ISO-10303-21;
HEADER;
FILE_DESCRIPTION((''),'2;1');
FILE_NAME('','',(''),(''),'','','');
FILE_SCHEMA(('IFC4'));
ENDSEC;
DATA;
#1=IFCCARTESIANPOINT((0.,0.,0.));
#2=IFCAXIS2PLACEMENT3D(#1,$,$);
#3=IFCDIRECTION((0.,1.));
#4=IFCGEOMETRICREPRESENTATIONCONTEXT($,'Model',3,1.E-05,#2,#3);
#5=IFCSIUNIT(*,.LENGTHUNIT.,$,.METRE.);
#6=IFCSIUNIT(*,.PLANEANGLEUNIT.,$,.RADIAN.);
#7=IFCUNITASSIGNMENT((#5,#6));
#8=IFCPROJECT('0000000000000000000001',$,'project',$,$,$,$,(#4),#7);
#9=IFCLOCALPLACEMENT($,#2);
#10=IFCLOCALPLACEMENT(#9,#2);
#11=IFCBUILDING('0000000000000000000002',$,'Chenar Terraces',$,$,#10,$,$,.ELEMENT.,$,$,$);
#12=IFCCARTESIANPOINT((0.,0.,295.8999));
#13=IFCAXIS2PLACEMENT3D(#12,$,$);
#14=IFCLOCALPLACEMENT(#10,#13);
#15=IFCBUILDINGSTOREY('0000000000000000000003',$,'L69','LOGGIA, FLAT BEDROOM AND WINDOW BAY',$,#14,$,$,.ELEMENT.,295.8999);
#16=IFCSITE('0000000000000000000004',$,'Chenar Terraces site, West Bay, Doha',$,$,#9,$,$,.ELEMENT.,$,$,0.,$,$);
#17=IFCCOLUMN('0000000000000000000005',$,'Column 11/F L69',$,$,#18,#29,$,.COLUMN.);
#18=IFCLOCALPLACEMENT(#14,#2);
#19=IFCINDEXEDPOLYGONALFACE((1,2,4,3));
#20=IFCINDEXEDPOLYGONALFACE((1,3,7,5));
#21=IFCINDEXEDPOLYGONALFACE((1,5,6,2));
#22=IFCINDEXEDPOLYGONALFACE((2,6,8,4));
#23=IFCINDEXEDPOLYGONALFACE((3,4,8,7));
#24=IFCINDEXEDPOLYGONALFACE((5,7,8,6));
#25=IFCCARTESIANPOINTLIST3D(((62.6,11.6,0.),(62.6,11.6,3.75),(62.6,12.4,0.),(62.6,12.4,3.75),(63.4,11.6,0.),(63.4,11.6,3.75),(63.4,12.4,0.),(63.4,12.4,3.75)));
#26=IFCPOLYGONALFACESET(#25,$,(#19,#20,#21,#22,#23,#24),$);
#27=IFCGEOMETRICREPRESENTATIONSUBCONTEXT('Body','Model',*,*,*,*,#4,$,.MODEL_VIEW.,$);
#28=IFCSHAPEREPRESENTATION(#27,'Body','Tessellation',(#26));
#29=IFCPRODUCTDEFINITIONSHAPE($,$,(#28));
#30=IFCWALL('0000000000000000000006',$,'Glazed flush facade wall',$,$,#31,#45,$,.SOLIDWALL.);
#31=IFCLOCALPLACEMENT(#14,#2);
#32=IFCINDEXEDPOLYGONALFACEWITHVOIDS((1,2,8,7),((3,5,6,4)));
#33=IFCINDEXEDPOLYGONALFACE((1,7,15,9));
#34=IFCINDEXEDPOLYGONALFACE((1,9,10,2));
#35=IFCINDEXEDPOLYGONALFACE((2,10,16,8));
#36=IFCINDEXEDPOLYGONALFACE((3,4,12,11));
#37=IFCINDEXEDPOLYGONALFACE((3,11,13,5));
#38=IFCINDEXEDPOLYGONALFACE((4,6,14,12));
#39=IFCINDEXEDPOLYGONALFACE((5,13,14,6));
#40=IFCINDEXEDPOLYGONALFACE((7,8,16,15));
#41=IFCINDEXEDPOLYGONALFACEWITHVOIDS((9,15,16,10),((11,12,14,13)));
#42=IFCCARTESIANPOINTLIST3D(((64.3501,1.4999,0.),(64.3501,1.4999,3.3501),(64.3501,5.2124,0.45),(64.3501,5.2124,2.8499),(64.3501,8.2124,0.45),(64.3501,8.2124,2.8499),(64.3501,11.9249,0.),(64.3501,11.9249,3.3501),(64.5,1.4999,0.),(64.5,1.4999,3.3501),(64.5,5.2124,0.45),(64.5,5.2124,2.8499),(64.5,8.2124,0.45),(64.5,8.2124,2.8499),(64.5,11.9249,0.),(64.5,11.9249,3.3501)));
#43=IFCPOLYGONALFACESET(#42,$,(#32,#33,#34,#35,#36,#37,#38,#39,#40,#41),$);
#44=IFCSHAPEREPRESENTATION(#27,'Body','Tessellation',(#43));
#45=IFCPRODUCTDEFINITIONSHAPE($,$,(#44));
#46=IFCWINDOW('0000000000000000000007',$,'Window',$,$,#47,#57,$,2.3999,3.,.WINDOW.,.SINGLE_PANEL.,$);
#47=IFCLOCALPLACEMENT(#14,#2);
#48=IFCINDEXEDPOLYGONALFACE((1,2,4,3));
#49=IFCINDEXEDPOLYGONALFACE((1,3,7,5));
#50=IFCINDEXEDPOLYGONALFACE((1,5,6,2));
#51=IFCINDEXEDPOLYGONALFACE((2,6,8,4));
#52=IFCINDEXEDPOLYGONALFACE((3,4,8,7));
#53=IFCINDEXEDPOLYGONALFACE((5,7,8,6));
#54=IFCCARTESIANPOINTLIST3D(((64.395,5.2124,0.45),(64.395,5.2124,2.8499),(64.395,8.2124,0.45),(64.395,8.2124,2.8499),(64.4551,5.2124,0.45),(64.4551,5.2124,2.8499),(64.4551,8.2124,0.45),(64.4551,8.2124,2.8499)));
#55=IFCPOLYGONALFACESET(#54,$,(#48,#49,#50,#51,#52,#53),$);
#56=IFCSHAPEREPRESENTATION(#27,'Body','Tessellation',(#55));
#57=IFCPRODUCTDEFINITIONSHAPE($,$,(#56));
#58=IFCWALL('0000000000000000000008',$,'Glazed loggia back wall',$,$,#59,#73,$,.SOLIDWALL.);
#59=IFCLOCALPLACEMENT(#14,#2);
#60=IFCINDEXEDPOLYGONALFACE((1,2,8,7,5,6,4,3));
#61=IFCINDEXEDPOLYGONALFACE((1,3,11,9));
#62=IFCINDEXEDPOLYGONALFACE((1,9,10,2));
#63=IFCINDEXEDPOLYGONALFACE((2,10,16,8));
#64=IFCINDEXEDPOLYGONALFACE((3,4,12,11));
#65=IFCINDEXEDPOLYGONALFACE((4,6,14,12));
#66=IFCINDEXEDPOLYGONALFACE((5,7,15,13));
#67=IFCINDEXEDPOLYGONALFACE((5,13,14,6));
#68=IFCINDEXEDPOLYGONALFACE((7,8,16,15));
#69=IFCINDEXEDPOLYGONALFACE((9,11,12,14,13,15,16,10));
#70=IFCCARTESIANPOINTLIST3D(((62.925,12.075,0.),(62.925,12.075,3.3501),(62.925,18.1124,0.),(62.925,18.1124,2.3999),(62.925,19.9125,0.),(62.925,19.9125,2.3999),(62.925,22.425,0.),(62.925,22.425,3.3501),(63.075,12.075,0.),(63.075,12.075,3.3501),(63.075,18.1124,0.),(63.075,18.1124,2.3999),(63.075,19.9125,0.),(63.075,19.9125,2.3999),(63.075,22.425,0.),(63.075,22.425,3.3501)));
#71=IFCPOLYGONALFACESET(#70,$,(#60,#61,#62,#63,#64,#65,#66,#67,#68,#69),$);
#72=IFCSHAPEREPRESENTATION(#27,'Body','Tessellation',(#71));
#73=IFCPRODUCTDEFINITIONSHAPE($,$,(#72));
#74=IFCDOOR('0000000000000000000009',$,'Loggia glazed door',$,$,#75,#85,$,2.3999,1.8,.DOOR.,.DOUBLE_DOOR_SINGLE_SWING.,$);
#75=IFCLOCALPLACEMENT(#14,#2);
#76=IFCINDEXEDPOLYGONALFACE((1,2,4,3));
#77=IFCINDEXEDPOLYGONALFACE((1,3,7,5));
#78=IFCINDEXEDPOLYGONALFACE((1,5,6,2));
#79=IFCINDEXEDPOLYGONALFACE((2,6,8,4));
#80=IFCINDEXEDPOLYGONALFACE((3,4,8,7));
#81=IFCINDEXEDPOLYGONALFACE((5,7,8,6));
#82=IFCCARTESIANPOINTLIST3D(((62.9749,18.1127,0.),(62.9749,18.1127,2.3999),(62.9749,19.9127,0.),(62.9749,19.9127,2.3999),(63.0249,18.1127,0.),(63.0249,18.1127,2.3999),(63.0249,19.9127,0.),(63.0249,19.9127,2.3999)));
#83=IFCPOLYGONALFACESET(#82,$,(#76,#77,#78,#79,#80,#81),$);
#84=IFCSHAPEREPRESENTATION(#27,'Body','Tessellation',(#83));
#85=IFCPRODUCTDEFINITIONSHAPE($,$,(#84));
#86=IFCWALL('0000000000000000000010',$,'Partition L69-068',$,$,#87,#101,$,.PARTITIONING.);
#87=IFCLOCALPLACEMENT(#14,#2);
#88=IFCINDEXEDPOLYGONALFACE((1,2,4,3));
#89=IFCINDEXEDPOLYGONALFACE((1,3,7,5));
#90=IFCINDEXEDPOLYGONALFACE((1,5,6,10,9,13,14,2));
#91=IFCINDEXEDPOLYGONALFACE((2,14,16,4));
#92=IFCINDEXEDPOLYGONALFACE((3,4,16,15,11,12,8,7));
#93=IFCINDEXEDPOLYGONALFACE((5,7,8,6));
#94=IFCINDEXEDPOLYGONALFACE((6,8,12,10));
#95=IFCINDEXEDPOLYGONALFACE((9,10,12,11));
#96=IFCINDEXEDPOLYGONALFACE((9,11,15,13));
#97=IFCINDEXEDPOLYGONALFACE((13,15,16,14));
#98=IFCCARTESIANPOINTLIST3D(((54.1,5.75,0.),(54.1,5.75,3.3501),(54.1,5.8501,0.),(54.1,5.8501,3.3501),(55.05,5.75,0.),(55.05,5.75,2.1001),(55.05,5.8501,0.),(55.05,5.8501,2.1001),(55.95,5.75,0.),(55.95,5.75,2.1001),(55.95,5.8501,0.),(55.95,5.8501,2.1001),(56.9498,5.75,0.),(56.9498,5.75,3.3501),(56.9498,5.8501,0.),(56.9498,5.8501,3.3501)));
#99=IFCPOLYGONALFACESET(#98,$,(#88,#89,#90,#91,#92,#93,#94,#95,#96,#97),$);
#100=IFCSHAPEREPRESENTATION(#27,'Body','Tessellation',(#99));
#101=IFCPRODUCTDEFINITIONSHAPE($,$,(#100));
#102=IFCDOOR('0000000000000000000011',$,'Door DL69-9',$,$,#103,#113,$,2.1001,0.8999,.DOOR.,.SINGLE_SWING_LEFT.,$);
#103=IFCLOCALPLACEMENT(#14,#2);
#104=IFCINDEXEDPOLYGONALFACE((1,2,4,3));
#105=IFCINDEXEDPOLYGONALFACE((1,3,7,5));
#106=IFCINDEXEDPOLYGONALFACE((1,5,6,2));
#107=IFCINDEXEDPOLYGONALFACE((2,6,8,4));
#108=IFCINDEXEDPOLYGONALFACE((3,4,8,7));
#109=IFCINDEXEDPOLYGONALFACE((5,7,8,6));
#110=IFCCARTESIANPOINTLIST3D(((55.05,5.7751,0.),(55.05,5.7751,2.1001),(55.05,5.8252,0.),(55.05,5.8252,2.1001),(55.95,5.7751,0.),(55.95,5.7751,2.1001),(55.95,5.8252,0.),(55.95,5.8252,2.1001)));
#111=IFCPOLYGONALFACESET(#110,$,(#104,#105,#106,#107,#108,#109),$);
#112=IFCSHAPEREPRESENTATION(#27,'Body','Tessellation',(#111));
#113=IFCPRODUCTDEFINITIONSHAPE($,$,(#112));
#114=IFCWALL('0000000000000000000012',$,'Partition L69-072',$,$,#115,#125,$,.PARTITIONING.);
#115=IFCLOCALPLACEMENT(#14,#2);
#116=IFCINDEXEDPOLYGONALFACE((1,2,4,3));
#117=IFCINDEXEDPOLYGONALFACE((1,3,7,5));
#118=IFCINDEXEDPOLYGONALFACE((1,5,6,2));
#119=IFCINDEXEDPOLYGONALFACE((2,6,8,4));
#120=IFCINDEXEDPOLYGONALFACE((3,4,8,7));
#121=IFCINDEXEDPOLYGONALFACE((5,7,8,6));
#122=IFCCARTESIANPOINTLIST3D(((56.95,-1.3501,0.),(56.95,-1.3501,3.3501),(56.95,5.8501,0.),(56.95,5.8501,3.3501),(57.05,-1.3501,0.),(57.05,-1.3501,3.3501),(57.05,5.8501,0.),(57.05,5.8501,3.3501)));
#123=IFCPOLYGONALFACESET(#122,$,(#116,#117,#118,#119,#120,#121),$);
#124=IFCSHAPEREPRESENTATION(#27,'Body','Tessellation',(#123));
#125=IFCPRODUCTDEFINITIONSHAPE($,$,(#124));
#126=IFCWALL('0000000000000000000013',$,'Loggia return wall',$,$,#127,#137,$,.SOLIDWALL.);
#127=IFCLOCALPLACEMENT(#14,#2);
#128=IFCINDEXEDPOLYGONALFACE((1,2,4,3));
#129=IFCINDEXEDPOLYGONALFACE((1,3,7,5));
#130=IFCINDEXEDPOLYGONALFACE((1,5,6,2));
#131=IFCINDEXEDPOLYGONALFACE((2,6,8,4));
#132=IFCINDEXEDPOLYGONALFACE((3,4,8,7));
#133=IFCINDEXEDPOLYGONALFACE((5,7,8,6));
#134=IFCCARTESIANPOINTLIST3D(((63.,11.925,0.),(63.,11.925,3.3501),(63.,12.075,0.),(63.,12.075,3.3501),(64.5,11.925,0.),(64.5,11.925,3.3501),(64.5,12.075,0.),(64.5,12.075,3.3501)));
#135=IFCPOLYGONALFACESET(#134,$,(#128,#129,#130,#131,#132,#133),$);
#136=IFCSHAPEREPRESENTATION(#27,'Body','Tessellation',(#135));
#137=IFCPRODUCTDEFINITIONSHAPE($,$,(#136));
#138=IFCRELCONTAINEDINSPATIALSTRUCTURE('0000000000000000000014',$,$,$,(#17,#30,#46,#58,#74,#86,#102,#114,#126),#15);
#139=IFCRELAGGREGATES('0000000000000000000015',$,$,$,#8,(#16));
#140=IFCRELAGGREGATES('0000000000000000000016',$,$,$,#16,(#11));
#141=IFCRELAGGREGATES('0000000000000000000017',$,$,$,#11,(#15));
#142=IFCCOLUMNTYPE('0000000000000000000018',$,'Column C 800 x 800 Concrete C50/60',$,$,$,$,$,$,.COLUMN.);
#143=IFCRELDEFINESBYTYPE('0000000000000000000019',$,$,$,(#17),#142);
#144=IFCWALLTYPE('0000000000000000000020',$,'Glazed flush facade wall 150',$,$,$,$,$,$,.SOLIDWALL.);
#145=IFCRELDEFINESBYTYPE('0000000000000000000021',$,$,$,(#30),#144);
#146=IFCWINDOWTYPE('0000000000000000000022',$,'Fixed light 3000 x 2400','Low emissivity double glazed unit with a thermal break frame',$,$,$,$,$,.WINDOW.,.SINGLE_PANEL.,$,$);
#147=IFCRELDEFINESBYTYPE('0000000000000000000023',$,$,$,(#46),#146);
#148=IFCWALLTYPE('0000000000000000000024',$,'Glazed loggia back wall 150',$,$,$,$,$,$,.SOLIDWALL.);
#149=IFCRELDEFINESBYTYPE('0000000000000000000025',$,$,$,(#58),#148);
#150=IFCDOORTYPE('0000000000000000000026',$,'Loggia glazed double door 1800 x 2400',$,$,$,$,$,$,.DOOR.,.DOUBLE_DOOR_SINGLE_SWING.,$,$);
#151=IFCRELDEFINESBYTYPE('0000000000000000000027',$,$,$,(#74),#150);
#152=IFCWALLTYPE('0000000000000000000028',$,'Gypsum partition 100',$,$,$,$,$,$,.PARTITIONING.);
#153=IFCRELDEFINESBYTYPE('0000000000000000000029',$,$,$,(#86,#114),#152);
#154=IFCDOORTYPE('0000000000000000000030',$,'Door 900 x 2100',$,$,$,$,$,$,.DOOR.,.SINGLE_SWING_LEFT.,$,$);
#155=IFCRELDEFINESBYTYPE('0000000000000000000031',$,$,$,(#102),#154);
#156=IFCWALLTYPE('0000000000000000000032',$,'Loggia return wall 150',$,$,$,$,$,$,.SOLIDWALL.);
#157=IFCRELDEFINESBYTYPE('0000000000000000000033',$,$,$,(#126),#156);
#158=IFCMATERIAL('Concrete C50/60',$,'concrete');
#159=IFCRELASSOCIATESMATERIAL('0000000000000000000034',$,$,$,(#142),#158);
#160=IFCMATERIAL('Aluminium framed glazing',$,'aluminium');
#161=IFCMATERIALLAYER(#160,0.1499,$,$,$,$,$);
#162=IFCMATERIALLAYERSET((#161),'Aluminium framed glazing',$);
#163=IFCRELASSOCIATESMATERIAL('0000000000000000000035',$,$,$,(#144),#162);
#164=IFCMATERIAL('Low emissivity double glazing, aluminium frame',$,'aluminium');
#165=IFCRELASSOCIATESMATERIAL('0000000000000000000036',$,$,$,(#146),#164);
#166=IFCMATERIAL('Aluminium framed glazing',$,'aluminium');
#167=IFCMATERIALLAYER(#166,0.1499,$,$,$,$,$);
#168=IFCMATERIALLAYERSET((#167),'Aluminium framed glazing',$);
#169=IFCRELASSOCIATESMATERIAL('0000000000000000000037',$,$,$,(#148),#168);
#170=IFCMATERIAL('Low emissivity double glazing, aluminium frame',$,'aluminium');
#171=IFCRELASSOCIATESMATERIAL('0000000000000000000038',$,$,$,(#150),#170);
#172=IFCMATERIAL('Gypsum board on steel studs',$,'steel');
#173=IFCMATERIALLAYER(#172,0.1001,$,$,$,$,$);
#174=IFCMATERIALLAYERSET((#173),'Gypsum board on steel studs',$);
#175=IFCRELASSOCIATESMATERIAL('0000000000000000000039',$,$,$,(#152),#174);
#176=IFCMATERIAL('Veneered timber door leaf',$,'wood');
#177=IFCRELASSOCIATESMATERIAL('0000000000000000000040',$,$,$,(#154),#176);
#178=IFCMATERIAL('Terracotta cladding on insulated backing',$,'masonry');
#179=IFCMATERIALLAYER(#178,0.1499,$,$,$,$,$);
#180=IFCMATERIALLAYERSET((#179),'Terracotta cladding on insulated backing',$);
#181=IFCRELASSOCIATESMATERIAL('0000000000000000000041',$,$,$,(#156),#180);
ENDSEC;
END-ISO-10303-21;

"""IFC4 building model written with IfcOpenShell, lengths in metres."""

from ifc_helpers import new_model, si_unit, direction, frame, frame_2d, origin, origin_2d, place, context, subcontext, project, spatial, rectangle, extrude, material, layer, layer_set, material_profile, profile_set, type_object, element, fill, save


model = new_model("IFC4")

# Units and contexts
model_context = context("Model", 3, precision=1e-05, world=origin(), true_north=direction((0.0, 1.0)))
body_context = subcontext(model_context, "Body", "Model", "MODEL_VIEW")
ifc_project = project(units=[si_unit("LENGTHUNIT", "METRE"), si_unit("PLANEANGLEUNIT", "RADIAN")], contexts=[model_context])

# Site, building, storey
site_placement = place(None, origin())
site = spatial("IfcSite", under=ifc_project, at=site_placement, Name="Chenar Terraces site, West Bay, Doha", CompositionType="ELEMENT", RefElevation=0.0)
building_placement = place(site_placement, origin())
building = spatial("IfcBuilding", under=site, at=building_placement, Name="Chenar Terraces", CompositionType="ELEMENT")
storey_placement = place(building_placement, frame((0.0, 0.0, 295.8999)))
storey = spatial("IfcBuildingStorey", under=building, at=storey_placement, Name="L69", Description="LOGGIA, FLAT BEDROOM AND WINDOW BAY", CompositionType="ELEMENT", Elevation=295.8999)

# Column
ifc_material_1 = material(Name="Concrete C50/60", Category="concrete")
ifc_material_profile_1 = material_profile(ifc_material_1, rectangle(XDim=0.8, YDim=0.8, at=origin_2d()), Name="C 800 x 800")
ifc_profile_set_1 = profile_set([ifc_material_profile_1], Name="Concrete C50/60")
column_type = type_object("IfcColumnType", Name="Column C 800 x 800 Concrete C50/60", PredefinedType="COLUMN", material=ifc_profile_set_1)
column_placement = place(storey_placement, frame((63.0, 12.0, 0.0), z_axis=(0.0, 0.0, 1.0), x_axis=(1.0, 0.0, 0.0)))
element("IfcColumn", 1, at=column_placement, inside=storey, type_object=column_type, Name="Column 11/F L69", PredefinedType="COLUMN", context=body_context, shape_type="SweptSolid", body=[
    extrude(rectangle(XDim=0.8, YDim=0.8, at=origin_2d()), origin(), (0.0, 0.0, 1.0), 3.75),
])

# Wall, opening, window
ifc_material_2 = material(Name="Aluminium framed glazing", Category="aluminium")
ifc_layer_1 = layer(ifc_material_2, 0.1499)
ifc_layer_set_1 = layer_set([ifc_layer_1], Name="Aluminium framed glazing")
wall_type_1 = type_object("IfcWallType", Name="Glazed flush facade wall 150", PredefinedType="SOLIDWALL", material=ifc_layer_set_1)
wall_1_placement = place(storey_placement, frame((64.425, 1.5, 0.0), z_axis=(0.0, 0.0, 1.0), x_axis=(0.0, 1.0, 0.0)))
wall_1 = element("IfcWall", 2, at=wall_1_placement, inside=storey, type_object=wall_type_1, Name="Glazed flush facade wall", PredefinedType="SOLIDWALL", context=body_context, shape_type="SweptSolid", body=[
    extrude(rectangle(XDim=10.425, YDim=0.1499, at=frame_2d((5.2124, 0.0))), origin(), (0.0, 0.0, 1.0), 3.3501),
])
opening_1_placement = place(wall_1_placement, frame((3.7124, 0.0, 0.45)))
opening_1 = element("IfcOpeningElement", 3, at=opening_1_placement, cuts=wall_1, PredefinedType="OPENING", context=body_context, shape_type="SweptSolid", body=[
    extrude(rectangle(XDim=3.0, YDim=2.3999, at=frame_2d((1.5, 1.2))), frame((0.0, 0.085, 0.0), z_axis=(0.0, -1.0, 0.0), x_axis=(1.0, 0.0, 0.0)), (0.0, 0.0, 1.0), 0.1699),
])
ifc_material_3 = material(Name="Low emissivity double glazing, aluminium frame", Category="aluminium")
window_type = type_object("IfcWindowType", Name="Fixed light 3000 x 2400", Description="Low emissivity double glazed unit with a thermal break frame", PartitioningType="SINGLE_PANEL", PredefinedType="WINDOW", material=ifc_material_3)
window_1_placement = place(opening_1_placement, origin())
window_1 = element("IfcWindow", 4, at=window_1_placement, inside=storey, type_object=window_type, Name="Window", OverallHeight=2.3999, OverallWidth=3.0, PartitioningType="SINGLE_PANEL", PredefinedType="WINDOW", context=body_context, shape_type="SweptSolid", body=[
    extrude(rectangle(XDim=3.0, YDim=2.3999, at=frame_2d((1.5, 1.2))), frame((0.0, 0.03, 0.0), z_axis=(0.0, -1.0, 0.0), x_axis=(1.0, 0.0, 0.0)), (0.0, 0.0, 1.0), 0.0601),
])
fill(opening_1, window_1)

# Walls, openings, doors
ifc_material_4 = material(Name="Aluminium framed glazing", Category="aluminium")
ifc_layer_2 = layer(ifc_material_4, 0.1499)
ifc_layer_set_2 = layer_set([ifc_layer_2], Name="Aluminium framed glazing")
wall_type_2 = type_object("IfcWallType", Name="Glazed loggia back wall 150", PredefinedType="SOLIDWALL", material=ifc_layer_set_2)
wall_2_placement = place(storey_placement, frame((63.0, 12.075, 0.0), z_axis=(0.0, 0.0, 1.0), x_axis=(0.0, 1.0, 0.0)))
wall_2 = element("IfcWall", 5, at=wall_2_placement, inside=storey, type_object=wall_type_2, Name="Glazed loggia back wall", PredefinedType="SOLIDWALL", context=body_context, shape_type="SweptSolid", body=[
    extrude(rectangle(XDim=10.3501, YDim=0.1499, at=frame_2d((5.175, 0.0))), origin(), (0.0, 0.0, 1.0), 3.3501),
])
opening_2_placement = place(wall_2_placement, frame((6.0376, 0.0, 0.0)))
opening_2 = element("IfcOpeningElement", 6, at=opening_2_placement, cuts=wall_2, PredefinedType="OPENING", context=body_context, shape_type="SweptSolid", body=[
    extrude(rectangle(XDim=1.8, YDim=2.3999, at=frame_2d((0.8999, 1.2))), frame((0.0, 0.085, 0.0), z_axis=(0.0, -1.0, 0.0), x_axis=(1.0, 0.0, 0.0)), (0.0, 0.0, 1.0), 0.1699),
])
ifc_material_5 = material(Name="Low emissivity double glazing, aluminium frame", Category="aluminium")
door_type_1 = type_object("IfcDoorType", Name="Loggia glazed double door 1800 x 2400", OperationType="DOUBLE_DOOR_SINGLE_SWING", PredefinedType="DOOR", material=ifc_material_5)
door_1_placement = place(opening_2_placement, frame((1.8, 0.0, 0.0), z_axis=(0.0, 0.0, 1.0), x_axis=(-1.0, 0.0, 0.0)))
door_1 = element("IfcDoor", 7, at=door_1_placement, inside=storey, type_object=door_type_1, Name="Loggia glazed door", OperationType="DOUBLE_DOOR_SINGLE_SWING", OverallHeight=2.3999, OverallWidth=1.8, PredefinedType="DOOR", context=body_context, shape_type="SweptSolid", body=[
    extrude(rectangle(XDim=1.8, YDim=2.3999, at=frame_2d((0.8999, 1.2))), frame((0.0, 0.0249, 0.0), z_axis=(0.0, -1.0, 0.0), x_axis=(1.0, 0.0, 0.0)), (0.0, 0.0, 1.0), 0.05),
])
fill(opening_2, door_1)
ifc_material_6 = material(Name="Gypsum board on steel studs", Category="steel")
ifc_layer_3 = layer(ifc_material_6, 0.1001)
ifc_layer_set_3 = layer_set([ifc_layer_3], Name="Gypsum board on steel studs")
wall_type_3 = type_object("IfcWallType", Name="Gypsum partition 100", PredefinedType="PARTITIONING", material=ifc_layer_set_3)
wall_3_placement = place(storey_placement, frame((54.1001, 5.8, 0.0), z_axis=(0.0, 0.0, 1.0), x_axis=(1.0, 0.0, 0.0)))
wall_3 = element("IfcWall", 8, at=wall_3_placement, inside=storey, type_object=wall_type_3, Name="Partition L69-068", PredefinedType="PARTITIONING", context=body_context, shape_type="SweptSolid", body=[
    extrude(rectangle(XDim=2.8499, YDim=0.1001, at=frame_2d((1.4248, 0.0))), origin(), (0.0, 0.0, 1.0), 3.3501),
])
opening_3_placement = place(wall_3_placement, frame((0.95, 0.0, 0.0)))
opening_3 = element("IfcOpeningElement", 9, at=opening_3_placement, cuts=wall_3, PredefinedType="OPENING", context=body_context, shape_type="SweptSolid", body=[
    extrude(rectangle(XDim=0.8999, YDim=2.1001, at=frame_2d((0.45, 1.05))), frame((0.0, 0.0601, 0.0), z_axis=(0.0, -1.0, 0.0), x_axis=(1.0, 0.0, 0.0)), (0.0, 0.0, 1.0), 0.1201),
])
ifc_material_7 = material(Name="Veneered timber door leaf", Category="wood")
door_type_2 = type_object("IfcDoorType", Name="Door 900 x 2100", OperationType="SINGLE_SWING_LEFT", PredefinedType="DOOR", material=ifc_material_7)
door_2_placement = place(opening_3_placement, frame((0.8999, 0.0, 0.0), z_axis=(0.0, 0.0, 1.0), x_axis=(-1.0, 0.0, 0.0)))
door_2 = element("IfcDoor", 10, at=door_2_placement, inside=storey, type_object=door_type_2, Name="Door DL69-9", OperationType="SINGLE_SWING_LEFT", OverallHeight=2.1001, OverallWidth=0.8999, PredefinedType="DOOR", context=body_context, shape_type="SweptSolid", body=[
    extrude(rectangle(XDim=0.8999, YDim=2.1001, at=frame_2d((0.45, 1.05))), frame((0.0, 0.0249, 0.0), z_axis=(0.0, -1.0, 0.0), x_axis=(1.0, 0.0, 0.0)), (0.0, 0.0, 1.0), 0.05),
])
fill(opening_3, door_2)

# Walls
wall_4_placement = place(storey_placement, frame((57.0, -1.3501, 0.0), z_axis=(0.0, 0.0, 1.0), x_axis=(0.0, 1.0, 0.0)))
element("IfcWall", 11, at=wall_4_placement, inside=storey, type_object=wall_type_3, Name="Partition L69-072", PredefinedType="PARTITIONING", context=body_context, shape_type="SweptSolid", body=[
    extrude(rectangle(XDim=7.2002, YDim=0.1001, at=frame_2d((3.6001, 0.0))), origin(), (0.0, 0.0, 1.0), 3.3501),
])
ifc_material_8 = material(Name="Terracotta cladding on insulated backing", Category="masonry")
ifc_layer_4 = layer(ifc_material_8, 0.1499)
ifc_layer_set_4 = layer_set([ifc_layer_4], Name="Terracotta cladding on insulated backing")
wall_type_4 = type_object("IfcWallType", Name="Loggia return wall 150", PredefinedType="SOLIDWALL", material=ifc_layer_set_4)
wall_5_placement = place(storey_placement, frame((64.5, 12.0, 0.0), z_axis=(0.0, 0.0, 1.0), x_axis=(-1.0, 0.0, 0.0)))
element("IfcWall", 12, at=wall_5_placement, inside=storey, type_object=wall_type_4, Name="Loggia return wall", PredefinedType="SOLIDWALL", context=body_context, shape_type="SweptSolid", body=[
    extrude(rectangle(XDim=1.5, YDim=0.1499, at=frame_2d((0.75, 0.0))), origin(), (0.0, 0.0, 1.0), 3.3501),
])

save(model, "model.ifc")
